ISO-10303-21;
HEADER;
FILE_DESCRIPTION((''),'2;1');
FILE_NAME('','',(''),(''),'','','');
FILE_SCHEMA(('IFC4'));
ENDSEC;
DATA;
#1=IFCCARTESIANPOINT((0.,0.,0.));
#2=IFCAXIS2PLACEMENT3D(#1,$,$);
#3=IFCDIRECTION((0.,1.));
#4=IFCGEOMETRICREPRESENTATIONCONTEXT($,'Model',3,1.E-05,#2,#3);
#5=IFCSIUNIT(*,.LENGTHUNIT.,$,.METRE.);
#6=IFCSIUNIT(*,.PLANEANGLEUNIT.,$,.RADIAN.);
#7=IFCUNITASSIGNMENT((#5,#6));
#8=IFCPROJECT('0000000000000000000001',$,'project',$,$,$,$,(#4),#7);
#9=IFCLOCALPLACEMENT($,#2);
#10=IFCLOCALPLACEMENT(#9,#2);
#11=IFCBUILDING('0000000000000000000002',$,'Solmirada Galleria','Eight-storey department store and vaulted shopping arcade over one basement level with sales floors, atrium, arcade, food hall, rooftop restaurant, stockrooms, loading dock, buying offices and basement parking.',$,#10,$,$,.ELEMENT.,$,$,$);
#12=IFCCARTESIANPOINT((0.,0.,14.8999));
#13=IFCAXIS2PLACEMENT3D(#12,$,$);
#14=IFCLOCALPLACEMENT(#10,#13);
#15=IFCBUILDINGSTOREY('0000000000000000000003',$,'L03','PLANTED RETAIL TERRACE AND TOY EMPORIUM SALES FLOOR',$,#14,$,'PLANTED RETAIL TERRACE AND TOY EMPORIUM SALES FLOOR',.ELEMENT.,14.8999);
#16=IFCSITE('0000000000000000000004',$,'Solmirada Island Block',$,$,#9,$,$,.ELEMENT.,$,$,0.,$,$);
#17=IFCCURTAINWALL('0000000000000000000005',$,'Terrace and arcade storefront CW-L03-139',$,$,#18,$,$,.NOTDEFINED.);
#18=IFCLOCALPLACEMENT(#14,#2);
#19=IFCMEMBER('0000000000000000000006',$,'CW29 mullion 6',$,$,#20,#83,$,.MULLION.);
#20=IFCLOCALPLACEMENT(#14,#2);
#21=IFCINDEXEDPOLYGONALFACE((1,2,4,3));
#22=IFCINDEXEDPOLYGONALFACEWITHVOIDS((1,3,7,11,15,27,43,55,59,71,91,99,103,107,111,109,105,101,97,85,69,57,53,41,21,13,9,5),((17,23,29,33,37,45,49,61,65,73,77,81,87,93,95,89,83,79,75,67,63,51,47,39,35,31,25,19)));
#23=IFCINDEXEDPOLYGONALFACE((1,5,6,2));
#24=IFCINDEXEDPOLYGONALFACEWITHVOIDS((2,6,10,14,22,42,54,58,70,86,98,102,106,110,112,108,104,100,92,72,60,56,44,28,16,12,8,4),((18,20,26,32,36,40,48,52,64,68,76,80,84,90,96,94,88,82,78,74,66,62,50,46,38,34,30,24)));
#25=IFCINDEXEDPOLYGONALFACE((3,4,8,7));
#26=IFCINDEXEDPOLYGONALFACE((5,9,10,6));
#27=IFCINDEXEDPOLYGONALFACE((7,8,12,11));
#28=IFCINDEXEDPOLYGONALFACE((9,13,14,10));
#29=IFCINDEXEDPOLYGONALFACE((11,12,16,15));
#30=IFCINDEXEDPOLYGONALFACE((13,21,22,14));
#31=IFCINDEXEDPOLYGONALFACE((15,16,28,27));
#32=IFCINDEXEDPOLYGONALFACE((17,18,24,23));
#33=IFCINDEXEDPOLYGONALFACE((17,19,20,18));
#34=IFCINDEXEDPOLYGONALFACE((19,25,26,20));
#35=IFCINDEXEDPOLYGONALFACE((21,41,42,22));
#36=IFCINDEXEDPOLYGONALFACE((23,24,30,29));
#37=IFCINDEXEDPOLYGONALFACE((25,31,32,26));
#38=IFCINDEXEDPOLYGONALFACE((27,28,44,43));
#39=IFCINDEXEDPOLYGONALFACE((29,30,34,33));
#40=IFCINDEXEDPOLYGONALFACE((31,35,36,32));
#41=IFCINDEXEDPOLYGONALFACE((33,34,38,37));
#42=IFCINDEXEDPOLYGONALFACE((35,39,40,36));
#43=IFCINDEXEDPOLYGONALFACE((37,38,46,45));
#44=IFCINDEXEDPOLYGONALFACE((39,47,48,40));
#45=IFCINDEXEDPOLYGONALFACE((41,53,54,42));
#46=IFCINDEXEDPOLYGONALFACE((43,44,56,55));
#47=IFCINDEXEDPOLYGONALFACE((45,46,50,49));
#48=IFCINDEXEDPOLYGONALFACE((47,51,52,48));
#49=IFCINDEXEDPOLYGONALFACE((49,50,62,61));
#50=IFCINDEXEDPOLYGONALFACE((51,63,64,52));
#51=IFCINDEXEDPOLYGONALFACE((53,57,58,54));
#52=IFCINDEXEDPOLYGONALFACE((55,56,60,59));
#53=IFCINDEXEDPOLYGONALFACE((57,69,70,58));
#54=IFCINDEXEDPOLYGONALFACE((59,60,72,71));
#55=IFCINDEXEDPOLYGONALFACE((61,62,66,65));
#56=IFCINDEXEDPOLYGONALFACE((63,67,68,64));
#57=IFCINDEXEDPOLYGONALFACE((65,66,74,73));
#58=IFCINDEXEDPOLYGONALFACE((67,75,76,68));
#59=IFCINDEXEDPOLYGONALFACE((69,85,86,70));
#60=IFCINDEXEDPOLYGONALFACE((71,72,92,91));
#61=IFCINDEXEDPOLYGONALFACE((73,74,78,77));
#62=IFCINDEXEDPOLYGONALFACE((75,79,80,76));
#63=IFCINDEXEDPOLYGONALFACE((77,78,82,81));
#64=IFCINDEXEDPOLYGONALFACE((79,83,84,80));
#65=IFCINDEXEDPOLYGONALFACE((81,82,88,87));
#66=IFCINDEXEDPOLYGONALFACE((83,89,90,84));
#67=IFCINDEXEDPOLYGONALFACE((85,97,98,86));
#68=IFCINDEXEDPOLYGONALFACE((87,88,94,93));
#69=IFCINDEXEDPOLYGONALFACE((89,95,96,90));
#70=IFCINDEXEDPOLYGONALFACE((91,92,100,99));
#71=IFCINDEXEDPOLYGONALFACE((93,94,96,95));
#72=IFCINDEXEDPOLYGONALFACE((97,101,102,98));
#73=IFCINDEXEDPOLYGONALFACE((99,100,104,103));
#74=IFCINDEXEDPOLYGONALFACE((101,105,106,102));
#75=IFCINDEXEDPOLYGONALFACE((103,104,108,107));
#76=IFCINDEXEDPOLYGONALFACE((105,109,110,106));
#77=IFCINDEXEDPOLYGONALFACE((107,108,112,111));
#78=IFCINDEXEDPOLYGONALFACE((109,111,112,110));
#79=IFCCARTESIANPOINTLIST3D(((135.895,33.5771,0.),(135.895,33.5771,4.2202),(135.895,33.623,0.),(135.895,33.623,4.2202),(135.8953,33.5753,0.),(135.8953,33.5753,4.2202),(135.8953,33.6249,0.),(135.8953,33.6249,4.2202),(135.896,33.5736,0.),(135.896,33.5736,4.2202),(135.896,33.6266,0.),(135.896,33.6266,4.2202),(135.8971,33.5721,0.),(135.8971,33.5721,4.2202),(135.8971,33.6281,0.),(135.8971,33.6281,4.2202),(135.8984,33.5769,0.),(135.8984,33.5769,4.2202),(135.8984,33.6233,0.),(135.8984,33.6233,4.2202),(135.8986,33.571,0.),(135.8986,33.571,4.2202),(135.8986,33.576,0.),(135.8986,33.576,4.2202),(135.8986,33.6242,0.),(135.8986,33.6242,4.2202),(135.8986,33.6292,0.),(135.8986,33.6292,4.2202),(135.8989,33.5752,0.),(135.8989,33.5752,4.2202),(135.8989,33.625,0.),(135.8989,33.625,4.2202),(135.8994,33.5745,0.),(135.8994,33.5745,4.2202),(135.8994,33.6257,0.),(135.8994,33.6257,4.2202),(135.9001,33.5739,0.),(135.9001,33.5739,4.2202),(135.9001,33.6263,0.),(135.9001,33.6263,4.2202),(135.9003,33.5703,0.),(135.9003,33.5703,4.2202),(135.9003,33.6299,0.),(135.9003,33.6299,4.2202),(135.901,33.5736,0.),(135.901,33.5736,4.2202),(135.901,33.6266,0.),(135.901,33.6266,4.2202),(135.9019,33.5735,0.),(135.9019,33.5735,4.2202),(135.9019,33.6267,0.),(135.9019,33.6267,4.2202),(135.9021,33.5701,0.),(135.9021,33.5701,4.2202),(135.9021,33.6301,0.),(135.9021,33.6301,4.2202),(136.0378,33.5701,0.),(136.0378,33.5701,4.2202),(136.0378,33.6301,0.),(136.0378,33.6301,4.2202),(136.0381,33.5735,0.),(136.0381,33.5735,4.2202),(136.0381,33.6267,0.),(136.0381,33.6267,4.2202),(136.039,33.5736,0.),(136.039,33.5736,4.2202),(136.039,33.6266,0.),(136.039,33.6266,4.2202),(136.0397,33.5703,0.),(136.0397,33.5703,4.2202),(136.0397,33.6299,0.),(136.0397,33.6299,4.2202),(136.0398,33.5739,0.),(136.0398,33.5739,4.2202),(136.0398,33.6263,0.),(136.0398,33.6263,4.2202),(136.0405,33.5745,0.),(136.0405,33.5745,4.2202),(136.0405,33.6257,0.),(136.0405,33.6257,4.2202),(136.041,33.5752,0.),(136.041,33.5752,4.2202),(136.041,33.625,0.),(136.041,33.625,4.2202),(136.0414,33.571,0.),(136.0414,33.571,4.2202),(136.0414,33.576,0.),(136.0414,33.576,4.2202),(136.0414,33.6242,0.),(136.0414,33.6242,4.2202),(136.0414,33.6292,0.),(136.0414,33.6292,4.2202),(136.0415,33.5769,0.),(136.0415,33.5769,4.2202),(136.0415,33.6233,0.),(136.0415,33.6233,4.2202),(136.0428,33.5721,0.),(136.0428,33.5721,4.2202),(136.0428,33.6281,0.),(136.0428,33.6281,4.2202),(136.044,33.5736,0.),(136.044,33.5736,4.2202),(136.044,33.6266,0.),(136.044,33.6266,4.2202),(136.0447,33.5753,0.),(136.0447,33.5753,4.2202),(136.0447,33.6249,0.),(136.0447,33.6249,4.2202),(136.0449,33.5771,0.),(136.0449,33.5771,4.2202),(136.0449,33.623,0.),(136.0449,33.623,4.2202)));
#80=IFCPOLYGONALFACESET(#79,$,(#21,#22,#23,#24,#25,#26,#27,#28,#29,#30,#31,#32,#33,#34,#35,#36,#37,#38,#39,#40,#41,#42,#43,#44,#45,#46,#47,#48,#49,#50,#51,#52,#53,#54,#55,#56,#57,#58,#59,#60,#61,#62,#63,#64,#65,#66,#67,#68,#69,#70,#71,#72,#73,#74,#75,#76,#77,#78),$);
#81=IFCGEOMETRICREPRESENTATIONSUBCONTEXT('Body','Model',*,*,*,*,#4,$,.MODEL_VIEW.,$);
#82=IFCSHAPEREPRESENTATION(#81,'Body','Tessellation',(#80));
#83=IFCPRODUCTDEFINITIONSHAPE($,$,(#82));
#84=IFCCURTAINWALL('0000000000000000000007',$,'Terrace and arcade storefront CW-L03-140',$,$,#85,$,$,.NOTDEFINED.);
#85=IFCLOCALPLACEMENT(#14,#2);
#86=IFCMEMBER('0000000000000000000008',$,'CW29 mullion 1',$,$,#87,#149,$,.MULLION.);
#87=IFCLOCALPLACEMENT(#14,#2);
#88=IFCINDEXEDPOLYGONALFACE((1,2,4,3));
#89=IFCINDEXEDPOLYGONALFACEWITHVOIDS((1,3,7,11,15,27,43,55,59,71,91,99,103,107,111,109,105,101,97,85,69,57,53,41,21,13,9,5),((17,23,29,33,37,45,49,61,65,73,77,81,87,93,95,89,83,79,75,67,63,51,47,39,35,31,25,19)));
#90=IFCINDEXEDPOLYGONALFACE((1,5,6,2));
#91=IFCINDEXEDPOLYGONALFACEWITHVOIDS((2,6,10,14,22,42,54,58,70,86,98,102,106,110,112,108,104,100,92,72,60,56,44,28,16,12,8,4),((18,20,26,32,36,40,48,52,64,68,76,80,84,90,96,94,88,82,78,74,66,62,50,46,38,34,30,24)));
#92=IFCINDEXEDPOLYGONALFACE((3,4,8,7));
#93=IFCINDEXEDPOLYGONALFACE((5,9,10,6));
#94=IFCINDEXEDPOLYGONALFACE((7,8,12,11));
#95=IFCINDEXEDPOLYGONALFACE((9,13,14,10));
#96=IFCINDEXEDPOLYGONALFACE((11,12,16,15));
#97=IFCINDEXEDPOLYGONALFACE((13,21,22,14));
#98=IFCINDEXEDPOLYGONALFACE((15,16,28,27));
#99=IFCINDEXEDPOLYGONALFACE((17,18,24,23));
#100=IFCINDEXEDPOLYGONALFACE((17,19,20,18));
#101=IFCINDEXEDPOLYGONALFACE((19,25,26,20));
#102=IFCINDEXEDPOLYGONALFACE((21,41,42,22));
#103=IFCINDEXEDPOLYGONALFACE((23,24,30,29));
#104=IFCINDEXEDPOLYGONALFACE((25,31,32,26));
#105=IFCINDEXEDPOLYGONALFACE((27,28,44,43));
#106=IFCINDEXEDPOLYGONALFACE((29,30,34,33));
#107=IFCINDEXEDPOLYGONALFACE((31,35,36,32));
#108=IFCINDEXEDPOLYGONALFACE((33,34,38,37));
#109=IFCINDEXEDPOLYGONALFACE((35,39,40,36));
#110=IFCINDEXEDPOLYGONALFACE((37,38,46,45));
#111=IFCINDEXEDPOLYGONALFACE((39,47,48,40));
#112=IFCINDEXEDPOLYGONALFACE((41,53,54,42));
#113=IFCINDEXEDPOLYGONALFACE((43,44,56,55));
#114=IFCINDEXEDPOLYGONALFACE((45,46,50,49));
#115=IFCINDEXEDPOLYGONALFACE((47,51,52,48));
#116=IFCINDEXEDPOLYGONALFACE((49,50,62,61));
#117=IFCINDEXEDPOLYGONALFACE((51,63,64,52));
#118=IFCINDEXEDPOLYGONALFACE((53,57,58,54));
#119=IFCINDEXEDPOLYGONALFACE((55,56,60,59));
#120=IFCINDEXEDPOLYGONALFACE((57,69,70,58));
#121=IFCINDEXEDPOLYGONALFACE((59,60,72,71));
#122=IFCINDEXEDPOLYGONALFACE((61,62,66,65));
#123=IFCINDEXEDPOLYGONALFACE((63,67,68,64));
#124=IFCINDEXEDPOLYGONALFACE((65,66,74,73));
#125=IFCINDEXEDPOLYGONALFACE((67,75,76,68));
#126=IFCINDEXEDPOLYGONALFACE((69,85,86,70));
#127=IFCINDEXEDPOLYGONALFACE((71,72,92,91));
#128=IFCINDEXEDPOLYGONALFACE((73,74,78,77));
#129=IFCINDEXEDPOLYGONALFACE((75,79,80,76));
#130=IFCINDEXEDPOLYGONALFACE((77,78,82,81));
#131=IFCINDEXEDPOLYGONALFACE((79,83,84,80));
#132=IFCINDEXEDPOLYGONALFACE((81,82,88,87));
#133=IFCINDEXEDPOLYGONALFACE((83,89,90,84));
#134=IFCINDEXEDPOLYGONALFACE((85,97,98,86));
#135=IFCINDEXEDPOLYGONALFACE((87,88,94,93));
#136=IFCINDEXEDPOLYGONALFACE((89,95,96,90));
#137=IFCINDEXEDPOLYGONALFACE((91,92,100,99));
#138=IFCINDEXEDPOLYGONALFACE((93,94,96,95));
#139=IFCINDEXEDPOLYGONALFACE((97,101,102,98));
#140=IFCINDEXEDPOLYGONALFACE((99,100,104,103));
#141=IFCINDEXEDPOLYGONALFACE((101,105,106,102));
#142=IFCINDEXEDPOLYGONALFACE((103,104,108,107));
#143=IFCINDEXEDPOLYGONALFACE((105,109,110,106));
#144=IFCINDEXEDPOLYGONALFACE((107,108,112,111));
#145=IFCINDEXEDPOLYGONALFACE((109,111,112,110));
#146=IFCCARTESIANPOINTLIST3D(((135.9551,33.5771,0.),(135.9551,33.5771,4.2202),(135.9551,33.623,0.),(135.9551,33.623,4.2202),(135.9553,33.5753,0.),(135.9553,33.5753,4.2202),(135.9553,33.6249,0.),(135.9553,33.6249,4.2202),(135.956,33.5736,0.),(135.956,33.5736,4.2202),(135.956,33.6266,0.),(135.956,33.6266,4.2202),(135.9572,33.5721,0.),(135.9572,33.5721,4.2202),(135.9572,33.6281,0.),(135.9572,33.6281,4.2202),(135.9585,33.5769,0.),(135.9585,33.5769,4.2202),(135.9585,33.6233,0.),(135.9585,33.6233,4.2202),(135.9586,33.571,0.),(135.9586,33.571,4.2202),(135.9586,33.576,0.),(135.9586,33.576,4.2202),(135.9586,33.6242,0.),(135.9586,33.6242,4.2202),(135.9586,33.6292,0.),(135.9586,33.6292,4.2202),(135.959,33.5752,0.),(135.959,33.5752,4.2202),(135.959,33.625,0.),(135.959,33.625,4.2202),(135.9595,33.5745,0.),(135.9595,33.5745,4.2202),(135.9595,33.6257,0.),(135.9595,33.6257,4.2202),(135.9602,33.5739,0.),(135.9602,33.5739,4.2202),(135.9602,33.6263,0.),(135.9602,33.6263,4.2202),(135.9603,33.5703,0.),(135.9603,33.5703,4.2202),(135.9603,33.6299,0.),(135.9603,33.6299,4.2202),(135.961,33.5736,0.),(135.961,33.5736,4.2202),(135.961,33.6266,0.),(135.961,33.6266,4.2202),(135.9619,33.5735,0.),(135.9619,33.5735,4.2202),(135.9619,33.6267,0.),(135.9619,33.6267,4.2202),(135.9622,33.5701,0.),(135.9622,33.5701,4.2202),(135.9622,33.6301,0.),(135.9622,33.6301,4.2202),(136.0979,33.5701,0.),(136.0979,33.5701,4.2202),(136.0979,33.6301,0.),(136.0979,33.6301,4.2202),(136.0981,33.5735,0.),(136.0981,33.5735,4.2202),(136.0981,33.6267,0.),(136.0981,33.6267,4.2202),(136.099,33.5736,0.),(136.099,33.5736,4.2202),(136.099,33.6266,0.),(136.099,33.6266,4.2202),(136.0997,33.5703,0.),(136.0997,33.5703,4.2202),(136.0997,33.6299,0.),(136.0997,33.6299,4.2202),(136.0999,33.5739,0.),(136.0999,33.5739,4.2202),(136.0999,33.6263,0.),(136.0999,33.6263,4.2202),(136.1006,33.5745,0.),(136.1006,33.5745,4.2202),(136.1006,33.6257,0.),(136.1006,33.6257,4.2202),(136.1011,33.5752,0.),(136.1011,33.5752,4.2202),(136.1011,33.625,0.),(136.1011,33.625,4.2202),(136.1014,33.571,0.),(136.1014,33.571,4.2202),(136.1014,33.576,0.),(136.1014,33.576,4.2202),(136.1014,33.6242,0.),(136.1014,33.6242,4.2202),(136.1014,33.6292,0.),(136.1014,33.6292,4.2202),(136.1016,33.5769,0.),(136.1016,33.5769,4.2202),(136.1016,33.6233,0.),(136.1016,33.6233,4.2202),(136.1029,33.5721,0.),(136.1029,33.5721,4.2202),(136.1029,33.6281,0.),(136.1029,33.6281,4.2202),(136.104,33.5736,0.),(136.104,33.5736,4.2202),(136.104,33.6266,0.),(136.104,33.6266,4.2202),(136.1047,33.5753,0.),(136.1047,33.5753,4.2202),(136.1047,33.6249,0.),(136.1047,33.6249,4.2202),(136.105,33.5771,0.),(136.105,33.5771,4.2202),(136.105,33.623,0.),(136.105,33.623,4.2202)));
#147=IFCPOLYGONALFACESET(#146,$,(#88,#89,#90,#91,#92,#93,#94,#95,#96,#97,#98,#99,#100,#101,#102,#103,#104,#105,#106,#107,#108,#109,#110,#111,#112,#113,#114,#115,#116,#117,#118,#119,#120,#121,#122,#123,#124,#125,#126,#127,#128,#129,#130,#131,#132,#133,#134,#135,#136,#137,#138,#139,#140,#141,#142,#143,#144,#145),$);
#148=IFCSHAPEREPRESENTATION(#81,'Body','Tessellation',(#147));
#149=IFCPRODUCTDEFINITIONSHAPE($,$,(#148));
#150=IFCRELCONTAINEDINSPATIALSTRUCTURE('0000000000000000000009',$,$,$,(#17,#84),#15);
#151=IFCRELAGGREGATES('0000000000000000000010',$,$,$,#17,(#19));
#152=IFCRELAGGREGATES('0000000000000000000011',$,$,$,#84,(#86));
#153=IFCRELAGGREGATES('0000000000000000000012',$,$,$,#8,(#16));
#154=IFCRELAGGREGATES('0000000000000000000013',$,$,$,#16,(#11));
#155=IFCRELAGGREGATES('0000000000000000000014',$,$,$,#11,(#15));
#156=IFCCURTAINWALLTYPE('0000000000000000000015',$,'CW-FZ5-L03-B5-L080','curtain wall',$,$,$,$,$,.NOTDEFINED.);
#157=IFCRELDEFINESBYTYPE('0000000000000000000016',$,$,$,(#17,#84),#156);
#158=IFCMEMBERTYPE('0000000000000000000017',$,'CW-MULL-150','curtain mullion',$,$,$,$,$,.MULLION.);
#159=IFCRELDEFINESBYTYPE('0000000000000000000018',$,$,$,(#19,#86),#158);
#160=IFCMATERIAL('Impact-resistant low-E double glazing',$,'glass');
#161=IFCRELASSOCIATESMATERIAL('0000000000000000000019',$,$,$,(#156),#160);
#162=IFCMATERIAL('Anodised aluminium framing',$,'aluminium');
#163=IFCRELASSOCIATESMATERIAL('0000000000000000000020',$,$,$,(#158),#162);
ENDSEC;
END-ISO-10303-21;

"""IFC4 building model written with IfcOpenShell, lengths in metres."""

from ifc_helpers import new_model, si_unit, direction, frame, origin, origin_2d, place, context, subcontext, project, spatial, hollow_rectangle, extrude, material, material_profile, profile_set, type_object, element, aggregate, save


model = new_model("IFC4")

# Units and contexts
model_context = context("Model", 3, precision=1e-05, world=origin(), true_north=direction((0.0, 1.0)))
body_context = subcontext(model_context, "Body", "Model", "MODEL_VIEW")
ifc_project = project(units=[si_unit("LENGTHUNIT", "METRE"), si_unit("PLANEANGLEUNIT", "RADIAN")], contexts=[model_context])

# Site, building, storey
site_placement = place(None, origin())
site = spatial("IfcSite", under=ifc_project, at=site_placement, Name="Solmirada Island Block", CompositionType="ELEMENT", RefElevation=0.0)
building_placement = place(site_placement, origin())
building = spatial("IfcBuilding", under=site, at=building_placement, Name="Solmirada Galleria", Description="Eight-storey department store and vaulted shopping arcade over one basement level with sales floors, atrium, arcade, food hall, rooftop restaurant, stockrooms, loading dock, buying offices and basement parking.", CompositionType="ELEMENT")
storey_placement = place(building_placement, frame((0.0, 0.0, 14.8999)))
storey = spatial("IfcBuildingStorey", under=building, at=storey_placement, Name="L03", Description="PLANTED RETAIL TERRACE AND TOY EMPORIUM SALES FLOOR", LongName="PLANTED RETAIL TERRACE AND TOY EMPORIUM SALES FLOOR", CompositionType="ELEMENT", Elevation=14.8999)

# Curtain walls, members
ifc_material_1 = material(Name="Impact-resistant low-E double glazing", Category="glass")
curtain_wall_type = type_object("IfcCurtainWallType", Name="CW-FZ5-L03-B5-L080", Description="curtain wall", PredefinedType="NOTDEFINED", material=ifc_material_1)
curtain_wall_1_placement = place(storey_placement, origin())
curtain_wall_1 = element("IfcCurtainWall", 1, at=curtain_wall_1_placement, inside=storey, type_object=curtain_wall_type, Name="Terrace and arcade storefront CW-L03-139", PredefinedType="NOTDEFINED")
ifc_material_2 = material(Name="Anodised aluminium framing", Category="aluminium")
ifc_material_profile_1 = material_profile(ifc_material_2, hollow_rectangle(XDim=0.0601, YDim=0.1499, WallThickness=0.0034, InnerFilletRadius=0.0034, OuterFilletRadius=0.0071, at=origin_2d()), Name="ALU-MULL-150X60")
ifc_profile_set_1 = profile_set([ifc_material_profile_1], Name="Anodised aluminium framing")
member_type_1 = type_object("IfcMemberType", Name="CW-MULL-150", Description="curtain mullion", PredefinedType="MULLION", material=ifc_profile_set_1)
member_1_placement = place(storey_placement, frame((135.97, 33.6001, 0.0), z_axis=(0.0, 0.0, 1.0), x_axis=(0.0, 1.0, 0.0)))
member_1 = element("IfcMember", 2, at=member_1_placement, type_object=member_type_1, Name="CW29 mullion 6", PredefinedType="MULLION", context=body_context, shape_type="SweptSolid", body=[
    extrude(hollow_rectangle(XDim=0.0601, YDim=0.1499, WallThickness=0.0034, InnerFilletRadius=0.0034, OuterFilletRadius=0.0071, at=origin_2d()), origin(), (0.0, 0.0, 1.0), 4.2202),
])
curtain_wall_2_placement = place(storey_placement, origin())
curtain_wall_2 = element("IfcCurtainWall", 3, at=curtain_wall_2_placement, inside=storey, type_object=curtain_wall_type, Name="Terrace and arcade storefront CW-L03-140", PredefinedType="NOTDEFINED")
member_2_placement = place(storey_placement, frame((136.03, 33.6001, 0.0), z_axis=(0.0, 0.0, 1.0), x_axis=(0.0, 1.0, 0.0)))
member_2 = element("IfcMember", 4, at=member_2_placement, type_object=member_type_1, Name="CW29 mullion 1", PredefinedType="MULLION", context=body_context, shape_type="SweptSolid", body=[
    extrude(hollow_rectangle(XDim=0.0601, YDim=0.1499, WallThickness=0.0034, InnerFilletRadius=0.0034, OuterFilletRadius=0.0071, at=origin_2d()), origin(), (0.0, 0.0, 1.0), 4.2202),
])

aggregate(curtain_wall_1, [member_1])
aggregate(curtain_wall_2, [member_2])

save(model, "model.ifc")
